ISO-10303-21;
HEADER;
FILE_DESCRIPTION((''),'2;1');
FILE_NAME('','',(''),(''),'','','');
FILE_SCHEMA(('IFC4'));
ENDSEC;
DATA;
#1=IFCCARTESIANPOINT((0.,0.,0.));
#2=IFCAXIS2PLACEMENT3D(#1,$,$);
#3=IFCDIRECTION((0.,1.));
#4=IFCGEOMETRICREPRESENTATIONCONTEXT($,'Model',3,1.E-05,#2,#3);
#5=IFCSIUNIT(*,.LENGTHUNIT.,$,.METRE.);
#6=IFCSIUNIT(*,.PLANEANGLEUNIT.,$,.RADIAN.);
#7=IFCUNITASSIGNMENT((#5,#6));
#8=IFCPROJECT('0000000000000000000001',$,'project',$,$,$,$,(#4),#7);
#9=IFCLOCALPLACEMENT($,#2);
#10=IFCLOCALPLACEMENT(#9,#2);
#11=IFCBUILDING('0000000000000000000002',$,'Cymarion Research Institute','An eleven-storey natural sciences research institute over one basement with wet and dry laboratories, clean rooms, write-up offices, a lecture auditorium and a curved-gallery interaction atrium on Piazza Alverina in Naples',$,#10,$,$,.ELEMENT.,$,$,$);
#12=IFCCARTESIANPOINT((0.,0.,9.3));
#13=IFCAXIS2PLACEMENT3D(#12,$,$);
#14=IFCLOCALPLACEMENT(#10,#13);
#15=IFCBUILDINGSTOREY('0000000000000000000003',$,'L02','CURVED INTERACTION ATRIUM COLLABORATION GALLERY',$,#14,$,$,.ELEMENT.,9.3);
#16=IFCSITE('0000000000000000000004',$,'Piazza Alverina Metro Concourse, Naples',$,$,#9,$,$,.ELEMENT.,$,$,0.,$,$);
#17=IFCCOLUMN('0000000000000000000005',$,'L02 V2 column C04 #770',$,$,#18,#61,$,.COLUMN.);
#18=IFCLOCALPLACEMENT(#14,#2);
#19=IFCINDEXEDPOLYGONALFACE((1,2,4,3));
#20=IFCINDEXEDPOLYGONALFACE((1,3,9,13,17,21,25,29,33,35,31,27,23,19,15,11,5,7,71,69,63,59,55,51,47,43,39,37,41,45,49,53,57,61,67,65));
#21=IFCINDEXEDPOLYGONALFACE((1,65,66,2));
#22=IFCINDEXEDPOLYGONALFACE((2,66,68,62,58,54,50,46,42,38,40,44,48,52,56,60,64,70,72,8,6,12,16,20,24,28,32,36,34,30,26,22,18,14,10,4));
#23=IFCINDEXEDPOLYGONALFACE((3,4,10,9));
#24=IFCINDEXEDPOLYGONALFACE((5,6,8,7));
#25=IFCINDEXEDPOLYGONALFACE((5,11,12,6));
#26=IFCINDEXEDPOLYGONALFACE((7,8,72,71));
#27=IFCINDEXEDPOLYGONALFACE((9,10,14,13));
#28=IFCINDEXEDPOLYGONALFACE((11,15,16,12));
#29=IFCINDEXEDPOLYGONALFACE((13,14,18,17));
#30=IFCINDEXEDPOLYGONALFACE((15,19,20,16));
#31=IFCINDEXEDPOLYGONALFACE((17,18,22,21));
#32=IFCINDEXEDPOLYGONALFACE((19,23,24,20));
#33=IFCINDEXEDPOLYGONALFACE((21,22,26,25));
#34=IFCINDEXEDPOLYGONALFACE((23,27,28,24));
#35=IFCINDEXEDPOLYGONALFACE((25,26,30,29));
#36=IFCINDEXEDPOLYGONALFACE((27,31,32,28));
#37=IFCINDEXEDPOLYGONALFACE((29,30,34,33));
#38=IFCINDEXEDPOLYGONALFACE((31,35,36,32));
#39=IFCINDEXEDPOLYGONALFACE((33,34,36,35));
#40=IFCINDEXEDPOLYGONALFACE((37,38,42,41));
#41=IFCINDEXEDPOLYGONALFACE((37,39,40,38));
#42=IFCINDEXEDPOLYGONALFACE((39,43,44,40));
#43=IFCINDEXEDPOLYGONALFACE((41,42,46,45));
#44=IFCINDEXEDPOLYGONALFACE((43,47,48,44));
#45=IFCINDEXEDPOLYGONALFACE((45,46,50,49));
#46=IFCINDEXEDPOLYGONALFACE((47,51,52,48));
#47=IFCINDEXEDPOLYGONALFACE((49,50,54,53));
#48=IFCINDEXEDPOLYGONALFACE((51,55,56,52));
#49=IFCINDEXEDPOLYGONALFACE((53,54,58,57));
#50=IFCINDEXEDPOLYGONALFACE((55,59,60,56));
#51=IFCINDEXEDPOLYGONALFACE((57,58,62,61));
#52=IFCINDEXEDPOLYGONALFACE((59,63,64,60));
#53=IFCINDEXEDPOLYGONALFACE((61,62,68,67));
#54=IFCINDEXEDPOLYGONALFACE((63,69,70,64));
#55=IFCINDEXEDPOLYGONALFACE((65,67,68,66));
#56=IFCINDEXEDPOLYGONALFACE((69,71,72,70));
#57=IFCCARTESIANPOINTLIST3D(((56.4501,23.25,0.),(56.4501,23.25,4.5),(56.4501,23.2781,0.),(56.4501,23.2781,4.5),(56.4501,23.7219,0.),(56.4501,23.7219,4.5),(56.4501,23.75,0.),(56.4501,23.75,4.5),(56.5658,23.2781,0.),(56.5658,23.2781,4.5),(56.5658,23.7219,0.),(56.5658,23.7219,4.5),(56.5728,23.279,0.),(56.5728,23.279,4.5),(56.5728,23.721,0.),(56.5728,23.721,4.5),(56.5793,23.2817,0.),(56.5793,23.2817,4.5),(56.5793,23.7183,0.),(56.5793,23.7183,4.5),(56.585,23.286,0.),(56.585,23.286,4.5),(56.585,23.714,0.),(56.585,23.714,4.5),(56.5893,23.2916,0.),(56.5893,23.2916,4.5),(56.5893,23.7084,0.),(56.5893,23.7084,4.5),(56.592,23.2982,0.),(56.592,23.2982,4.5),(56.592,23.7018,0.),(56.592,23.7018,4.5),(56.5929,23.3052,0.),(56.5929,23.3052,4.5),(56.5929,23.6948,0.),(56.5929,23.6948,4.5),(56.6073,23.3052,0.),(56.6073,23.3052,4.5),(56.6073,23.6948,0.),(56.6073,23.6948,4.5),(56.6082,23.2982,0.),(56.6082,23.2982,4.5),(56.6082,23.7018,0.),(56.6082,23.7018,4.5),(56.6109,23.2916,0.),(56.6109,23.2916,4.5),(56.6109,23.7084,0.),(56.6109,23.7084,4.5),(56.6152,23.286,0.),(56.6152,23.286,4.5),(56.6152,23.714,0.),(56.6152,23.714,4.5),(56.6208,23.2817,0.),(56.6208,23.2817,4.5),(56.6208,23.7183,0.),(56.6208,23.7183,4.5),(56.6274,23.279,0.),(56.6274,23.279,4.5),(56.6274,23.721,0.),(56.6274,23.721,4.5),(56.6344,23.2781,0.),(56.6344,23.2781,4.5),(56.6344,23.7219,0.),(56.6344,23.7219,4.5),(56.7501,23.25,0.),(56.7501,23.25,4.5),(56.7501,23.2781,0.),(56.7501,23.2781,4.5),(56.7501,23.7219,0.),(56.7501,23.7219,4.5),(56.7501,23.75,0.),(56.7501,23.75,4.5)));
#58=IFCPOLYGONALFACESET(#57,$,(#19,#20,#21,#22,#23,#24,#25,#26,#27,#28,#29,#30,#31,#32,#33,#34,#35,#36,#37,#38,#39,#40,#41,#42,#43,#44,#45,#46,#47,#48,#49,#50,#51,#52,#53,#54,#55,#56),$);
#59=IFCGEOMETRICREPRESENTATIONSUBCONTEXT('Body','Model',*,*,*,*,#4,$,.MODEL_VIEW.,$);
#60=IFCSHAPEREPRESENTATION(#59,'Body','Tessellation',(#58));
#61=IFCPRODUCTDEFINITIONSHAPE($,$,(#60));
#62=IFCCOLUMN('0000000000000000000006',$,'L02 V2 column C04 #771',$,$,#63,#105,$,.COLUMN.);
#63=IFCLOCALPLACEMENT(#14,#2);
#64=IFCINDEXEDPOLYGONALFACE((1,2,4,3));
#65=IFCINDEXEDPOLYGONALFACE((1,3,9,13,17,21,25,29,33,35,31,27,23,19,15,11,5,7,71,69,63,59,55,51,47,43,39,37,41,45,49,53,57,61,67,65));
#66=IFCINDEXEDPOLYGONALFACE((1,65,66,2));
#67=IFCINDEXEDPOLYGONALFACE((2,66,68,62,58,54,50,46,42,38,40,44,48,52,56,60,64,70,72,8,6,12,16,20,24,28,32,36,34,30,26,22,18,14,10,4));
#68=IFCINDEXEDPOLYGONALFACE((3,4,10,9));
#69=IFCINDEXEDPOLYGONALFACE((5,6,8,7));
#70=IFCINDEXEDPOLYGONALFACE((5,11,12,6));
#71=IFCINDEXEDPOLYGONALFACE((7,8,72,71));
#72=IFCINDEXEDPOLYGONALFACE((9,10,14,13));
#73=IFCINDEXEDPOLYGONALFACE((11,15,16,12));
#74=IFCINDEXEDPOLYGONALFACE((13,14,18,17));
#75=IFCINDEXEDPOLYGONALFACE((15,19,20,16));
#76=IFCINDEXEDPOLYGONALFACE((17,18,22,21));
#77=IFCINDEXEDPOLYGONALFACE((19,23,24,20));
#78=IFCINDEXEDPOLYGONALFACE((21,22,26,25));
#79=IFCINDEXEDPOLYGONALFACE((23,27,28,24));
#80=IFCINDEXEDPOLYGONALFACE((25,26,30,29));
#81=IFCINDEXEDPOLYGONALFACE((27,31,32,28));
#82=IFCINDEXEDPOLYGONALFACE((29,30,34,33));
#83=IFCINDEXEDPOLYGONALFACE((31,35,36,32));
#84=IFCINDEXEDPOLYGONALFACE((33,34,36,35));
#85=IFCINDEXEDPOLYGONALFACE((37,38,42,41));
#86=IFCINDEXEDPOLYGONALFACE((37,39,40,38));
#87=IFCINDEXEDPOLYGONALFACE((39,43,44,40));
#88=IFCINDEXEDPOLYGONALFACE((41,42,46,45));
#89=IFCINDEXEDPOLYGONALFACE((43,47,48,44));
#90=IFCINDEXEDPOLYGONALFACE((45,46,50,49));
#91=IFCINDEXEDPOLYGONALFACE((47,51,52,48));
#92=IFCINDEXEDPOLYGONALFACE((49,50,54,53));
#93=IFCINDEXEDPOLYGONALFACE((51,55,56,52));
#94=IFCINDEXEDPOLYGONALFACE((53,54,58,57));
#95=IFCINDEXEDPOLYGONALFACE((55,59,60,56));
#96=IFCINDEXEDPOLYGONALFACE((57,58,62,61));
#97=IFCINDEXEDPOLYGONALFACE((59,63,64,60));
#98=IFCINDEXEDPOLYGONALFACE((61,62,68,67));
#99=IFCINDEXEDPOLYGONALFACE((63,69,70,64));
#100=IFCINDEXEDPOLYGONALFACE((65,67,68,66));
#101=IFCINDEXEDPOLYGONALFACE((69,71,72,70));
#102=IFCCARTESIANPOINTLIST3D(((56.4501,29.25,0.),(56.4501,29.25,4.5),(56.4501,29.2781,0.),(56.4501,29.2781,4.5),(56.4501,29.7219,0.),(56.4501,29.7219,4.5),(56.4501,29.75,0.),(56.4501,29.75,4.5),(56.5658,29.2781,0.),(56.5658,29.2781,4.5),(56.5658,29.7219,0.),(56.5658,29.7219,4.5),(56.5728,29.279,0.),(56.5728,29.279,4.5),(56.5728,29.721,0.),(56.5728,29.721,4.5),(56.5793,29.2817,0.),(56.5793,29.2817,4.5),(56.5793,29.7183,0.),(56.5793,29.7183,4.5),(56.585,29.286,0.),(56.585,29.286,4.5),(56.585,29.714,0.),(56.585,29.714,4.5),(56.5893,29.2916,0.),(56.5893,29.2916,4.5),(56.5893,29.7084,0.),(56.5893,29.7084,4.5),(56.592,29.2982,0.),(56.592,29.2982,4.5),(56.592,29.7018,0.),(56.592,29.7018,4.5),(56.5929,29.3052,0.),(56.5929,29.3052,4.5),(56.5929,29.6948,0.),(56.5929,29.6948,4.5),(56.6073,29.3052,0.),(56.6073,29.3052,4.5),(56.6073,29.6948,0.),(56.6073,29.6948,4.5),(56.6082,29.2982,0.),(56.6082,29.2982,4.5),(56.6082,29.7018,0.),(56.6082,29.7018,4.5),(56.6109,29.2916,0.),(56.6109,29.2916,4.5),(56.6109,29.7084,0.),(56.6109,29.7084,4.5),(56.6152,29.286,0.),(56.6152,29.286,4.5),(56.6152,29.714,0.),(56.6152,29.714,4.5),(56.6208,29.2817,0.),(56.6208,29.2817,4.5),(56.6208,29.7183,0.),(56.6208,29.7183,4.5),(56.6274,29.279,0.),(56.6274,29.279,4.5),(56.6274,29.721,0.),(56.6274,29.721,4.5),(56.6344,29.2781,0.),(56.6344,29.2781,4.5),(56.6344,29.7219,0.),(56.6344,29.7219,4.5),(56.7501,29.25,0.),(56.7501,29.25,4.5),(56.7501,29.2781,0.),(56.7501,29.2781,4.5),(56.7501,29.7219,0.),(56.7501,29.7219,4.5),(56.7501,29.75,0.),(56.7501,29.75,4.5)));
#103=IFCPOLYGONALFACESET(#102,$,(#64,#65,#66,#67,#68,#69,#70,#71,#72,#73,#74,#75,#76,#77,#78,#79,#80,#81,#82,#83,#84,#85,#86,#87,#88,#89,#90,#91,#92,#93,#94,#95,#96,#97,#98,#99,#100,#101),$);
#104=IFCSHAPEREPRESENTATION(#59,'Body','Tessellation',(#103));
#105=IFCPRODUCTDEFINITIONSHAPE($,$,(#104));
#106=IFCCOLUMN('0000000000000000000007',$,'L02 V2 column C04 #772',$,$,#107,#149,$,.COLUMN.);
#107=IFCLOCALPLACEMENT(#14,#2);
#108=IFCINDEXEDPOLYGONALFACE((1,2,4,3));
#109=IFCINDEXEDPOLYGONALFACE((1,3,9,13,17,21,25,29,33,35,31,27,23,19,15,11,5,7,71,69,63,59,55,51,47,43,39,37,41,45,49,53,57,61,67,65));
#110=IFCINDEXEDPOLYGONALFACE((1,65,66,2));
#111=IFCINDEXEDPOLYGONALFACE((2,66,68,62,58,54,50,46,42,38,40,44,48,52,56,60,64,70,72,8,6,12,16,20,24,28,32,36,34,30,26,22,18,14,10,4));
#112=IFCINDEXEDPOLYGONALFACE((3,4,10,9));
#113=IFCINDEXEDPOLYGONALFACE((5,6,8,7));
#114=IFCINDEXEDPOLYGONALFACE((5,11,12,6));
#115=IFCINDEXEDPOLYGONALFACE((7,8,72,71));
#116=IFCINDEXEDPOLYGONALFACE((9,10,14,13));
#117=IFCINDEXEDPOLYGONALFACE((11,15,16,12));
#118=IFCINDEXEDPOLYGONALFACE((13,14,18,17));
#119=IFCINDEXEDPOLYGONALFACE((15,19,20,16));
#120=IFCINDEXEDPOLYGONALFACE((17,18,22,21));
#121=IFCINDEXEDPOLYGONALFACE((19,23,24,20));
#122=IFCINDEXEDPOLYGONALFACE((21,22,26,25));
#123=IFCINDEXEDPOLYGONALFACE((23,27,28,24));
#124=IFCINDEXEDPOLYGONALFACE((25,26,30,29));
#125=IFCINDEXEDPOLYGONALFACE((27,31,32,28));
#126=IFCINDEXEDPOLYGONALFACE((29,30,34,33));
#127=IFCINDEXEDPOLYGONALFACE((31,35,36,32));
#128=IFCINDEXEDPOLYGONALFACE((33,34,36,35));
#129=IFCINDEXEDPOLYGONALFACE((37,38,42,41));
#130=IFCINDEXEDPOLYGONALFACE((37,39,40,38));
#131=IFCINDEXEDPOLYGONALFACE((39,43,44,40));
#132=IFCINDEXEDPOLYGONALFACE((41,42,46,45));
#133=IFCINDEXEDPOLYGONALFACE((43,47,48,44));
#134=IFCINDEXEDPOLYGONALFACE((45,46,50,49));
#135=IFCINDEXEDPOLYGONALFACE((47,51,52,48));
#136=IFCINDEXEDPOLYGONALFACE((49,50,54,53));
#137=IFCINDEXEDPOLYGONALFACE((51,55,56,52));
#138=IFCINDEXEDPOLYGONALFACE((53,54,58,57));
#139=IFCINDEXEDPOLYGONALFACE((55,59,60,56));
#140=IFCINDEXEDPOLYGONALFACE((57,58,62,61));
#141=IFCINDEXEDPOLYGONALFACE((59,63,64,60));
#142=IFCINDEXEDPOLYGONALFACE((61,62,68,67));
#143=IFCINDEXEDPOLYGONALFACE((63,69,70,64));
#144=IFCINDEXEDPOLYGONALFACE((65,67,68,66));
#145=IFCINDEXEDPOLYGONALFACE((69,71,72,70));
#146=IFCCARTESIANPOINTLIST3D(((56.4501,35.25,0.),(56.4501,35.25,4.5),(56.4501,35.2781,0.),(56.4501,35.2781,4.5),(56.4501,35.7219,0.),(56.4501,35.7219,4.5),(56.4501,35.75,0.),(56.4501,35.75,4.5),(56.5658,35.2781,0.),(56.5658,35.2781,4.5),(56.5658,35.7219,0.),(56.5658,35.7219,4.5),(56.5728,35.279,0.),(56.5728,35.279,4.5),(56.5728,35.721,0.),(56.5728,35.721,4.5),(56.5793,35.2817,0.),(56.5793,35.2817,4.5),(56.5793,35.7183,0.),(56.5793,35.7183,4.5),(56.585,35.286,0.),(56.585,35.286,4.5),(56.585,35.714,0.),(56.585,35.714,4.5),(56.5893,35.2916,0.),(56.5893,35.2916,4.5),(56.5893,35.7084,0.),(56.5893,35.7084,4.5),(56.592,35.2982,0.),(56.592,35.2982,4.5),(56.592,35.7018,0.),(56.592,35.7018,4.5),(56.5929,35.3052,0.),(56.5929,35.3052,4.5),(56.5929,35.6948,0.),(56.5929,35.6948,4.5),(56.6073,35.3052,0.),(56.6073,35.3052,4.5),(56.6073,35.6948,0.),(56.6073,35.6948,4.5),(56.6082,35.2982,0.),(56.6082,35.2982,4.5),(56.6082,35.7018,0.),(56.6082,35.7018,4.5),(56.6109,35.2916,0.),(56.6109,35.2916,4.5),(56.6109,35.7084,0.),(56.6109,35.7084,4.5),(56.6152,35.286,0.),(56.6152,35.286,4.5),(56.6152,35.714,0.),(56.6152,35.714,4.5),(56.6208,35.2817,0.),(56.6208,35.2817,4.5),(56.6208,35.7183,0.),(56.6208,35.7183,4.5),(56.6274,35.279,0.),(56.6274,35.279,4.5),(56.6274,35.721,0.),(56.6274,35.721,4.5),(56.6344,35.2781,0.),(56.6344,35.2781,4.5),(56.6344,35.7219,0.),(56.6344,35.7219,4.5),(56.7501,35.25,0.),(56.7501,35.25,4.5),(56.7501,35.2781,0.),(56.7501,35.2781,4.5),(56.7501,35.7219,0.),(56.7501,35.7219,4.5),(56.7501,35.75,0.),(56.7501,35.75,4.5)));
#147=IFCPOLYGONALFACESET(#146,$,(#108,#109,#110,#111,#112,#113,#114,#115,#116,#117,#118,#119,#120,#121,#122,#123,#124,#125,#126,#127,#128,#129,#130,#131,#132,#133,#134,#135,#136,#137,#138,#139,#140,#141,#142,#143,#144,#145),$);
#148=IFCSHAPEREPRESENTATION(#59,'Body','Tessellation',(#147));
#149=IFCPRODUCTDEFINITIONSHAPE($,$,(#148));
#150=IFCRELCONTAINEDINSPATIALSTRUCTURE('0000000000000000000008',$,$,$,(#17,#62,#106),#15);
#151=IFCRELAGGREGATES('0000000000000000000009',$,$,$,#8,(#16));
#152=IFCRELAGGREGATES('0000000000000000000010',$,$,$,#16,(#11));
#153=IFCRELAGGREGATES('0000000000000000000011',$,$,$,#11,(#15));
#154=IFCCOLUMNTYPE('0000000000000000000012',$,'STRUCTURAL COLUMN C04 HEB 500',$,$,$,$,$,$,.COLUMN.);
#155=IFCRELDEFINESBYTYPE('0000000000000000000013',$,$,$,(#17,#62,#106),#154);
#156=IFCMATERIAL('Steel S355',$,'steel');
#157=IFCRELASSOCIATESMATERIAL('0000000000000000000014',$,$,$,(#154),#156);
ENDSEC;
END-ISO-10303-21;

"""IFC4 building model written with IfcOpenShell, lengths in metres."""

from ifc_helpers import new_model, si_unit, direction, frame, origin, origin_2d, place, context, subcontext, project, spatial, i_section, extrude, material, material_profile, profile_set, type_object, element, save


model = new_model("IFC4")

# Units and contexts
model_context = context("Model", 3, precision=1e-05, world=origin(), true_north=direction((0.0, 1.0)))
body_context = subcontext(model_context, "Body", "Model", "MODEL_VIEW")
ifc_project = project(units=[si_unit("LENGTHUNIT", "METRE"), si_unit("PLANEANGLEUNIT", "RADIAN")], contexts=[model_context])

# Site, building, storey
site_placement = place(None, origin())
site = spatial("IfcSite", under=ifc_project, at=site_placement, Name="Piazza Alverina Metro Concourse, Naples", CompositionType="ELEMENT", RefElevation=0.0)
building_placement = place(site_placement, origin())
building = spatial("IfcBuilding", under=site, at=building_placement, Name="Cymarion Research Institute", Description="An eleven-storey natural sciences research institute over one basement with wet and dry laboratories, clean rooms, write-up offices, a lecture auditorium and a curved-gallery interaction atrium on Piazza Alverina in Naples", CompositionType="ELEMENT")
storey_placement = place(building_placement, frame((0.0, 0.0, 9.3)))
storey = spatial("IfcBuildingStorey", under=building, at=storey_placement, Name="L02", Description="CURVED INTERACTION ATRIUM COLLABORATION GALLERY", CompositionType="ELEMENT", Elevation=9.3)

# Columns
ifc_material_1 = material(Name="Steel S355", Category="steel")
ifc_material_profile_1 = material_profile(ifc_material_1, i_section(OverallWidth=0.3, OverallDepth=0.5, WebThickness=0.0144, FlangeThickness=0.0281, FilletRadius=0.0271, at=origin_2d()), Name="HEB 500")
ifc_profile_set_1 = profile_set([ifc_material_profile_1], Name="Steel S355")
column_type_1 = type_object("IfcColumnType", Name="STRUCTURAL COLUMN C04 HEB 500", PredefinedType="COLUMN", material=ifc_profile_set_1)
for number, where, z_axis, x_axis, name in (
    (1, (56.6001, 23.5, 0.0), (0.0, 0.0, 1.0), (1.0, 0.0, 0.0), "L02 V2 column C04 #770"),
    (2, (56.6001, 29.5, 0.0), (0.0, 0.0, 1.0), (1.0, 0.0, 0.0), "L02 V2 column C04 #771"),
    (3, (56.6001, 35.5, 0.0), (0.0, 0.0, 1.0), (1.0, 0.0, 0.0), "L02 V2 column C04 #772"),
):
    element("IfcColumn", number, at=place(storey_placement, frame(where, z_axis=z_axis, x_axis=x_axis)), inside=storey, type_object=column_type_1, Name=name, PredefinedType="COLUMN", context=body_context, shape_type="SweptSolid", body=[
        extrude(i_section(OverallWidth=0.3, OverallDepth=0.5, WebThickness=0.0144, FlangeThickness=0.0281, FilletRadius=0.0271, at=origin_2d()), origin(), (0.0, 0.0, 1.0), 4.5),
    ])

save(model, "model.ifc")
